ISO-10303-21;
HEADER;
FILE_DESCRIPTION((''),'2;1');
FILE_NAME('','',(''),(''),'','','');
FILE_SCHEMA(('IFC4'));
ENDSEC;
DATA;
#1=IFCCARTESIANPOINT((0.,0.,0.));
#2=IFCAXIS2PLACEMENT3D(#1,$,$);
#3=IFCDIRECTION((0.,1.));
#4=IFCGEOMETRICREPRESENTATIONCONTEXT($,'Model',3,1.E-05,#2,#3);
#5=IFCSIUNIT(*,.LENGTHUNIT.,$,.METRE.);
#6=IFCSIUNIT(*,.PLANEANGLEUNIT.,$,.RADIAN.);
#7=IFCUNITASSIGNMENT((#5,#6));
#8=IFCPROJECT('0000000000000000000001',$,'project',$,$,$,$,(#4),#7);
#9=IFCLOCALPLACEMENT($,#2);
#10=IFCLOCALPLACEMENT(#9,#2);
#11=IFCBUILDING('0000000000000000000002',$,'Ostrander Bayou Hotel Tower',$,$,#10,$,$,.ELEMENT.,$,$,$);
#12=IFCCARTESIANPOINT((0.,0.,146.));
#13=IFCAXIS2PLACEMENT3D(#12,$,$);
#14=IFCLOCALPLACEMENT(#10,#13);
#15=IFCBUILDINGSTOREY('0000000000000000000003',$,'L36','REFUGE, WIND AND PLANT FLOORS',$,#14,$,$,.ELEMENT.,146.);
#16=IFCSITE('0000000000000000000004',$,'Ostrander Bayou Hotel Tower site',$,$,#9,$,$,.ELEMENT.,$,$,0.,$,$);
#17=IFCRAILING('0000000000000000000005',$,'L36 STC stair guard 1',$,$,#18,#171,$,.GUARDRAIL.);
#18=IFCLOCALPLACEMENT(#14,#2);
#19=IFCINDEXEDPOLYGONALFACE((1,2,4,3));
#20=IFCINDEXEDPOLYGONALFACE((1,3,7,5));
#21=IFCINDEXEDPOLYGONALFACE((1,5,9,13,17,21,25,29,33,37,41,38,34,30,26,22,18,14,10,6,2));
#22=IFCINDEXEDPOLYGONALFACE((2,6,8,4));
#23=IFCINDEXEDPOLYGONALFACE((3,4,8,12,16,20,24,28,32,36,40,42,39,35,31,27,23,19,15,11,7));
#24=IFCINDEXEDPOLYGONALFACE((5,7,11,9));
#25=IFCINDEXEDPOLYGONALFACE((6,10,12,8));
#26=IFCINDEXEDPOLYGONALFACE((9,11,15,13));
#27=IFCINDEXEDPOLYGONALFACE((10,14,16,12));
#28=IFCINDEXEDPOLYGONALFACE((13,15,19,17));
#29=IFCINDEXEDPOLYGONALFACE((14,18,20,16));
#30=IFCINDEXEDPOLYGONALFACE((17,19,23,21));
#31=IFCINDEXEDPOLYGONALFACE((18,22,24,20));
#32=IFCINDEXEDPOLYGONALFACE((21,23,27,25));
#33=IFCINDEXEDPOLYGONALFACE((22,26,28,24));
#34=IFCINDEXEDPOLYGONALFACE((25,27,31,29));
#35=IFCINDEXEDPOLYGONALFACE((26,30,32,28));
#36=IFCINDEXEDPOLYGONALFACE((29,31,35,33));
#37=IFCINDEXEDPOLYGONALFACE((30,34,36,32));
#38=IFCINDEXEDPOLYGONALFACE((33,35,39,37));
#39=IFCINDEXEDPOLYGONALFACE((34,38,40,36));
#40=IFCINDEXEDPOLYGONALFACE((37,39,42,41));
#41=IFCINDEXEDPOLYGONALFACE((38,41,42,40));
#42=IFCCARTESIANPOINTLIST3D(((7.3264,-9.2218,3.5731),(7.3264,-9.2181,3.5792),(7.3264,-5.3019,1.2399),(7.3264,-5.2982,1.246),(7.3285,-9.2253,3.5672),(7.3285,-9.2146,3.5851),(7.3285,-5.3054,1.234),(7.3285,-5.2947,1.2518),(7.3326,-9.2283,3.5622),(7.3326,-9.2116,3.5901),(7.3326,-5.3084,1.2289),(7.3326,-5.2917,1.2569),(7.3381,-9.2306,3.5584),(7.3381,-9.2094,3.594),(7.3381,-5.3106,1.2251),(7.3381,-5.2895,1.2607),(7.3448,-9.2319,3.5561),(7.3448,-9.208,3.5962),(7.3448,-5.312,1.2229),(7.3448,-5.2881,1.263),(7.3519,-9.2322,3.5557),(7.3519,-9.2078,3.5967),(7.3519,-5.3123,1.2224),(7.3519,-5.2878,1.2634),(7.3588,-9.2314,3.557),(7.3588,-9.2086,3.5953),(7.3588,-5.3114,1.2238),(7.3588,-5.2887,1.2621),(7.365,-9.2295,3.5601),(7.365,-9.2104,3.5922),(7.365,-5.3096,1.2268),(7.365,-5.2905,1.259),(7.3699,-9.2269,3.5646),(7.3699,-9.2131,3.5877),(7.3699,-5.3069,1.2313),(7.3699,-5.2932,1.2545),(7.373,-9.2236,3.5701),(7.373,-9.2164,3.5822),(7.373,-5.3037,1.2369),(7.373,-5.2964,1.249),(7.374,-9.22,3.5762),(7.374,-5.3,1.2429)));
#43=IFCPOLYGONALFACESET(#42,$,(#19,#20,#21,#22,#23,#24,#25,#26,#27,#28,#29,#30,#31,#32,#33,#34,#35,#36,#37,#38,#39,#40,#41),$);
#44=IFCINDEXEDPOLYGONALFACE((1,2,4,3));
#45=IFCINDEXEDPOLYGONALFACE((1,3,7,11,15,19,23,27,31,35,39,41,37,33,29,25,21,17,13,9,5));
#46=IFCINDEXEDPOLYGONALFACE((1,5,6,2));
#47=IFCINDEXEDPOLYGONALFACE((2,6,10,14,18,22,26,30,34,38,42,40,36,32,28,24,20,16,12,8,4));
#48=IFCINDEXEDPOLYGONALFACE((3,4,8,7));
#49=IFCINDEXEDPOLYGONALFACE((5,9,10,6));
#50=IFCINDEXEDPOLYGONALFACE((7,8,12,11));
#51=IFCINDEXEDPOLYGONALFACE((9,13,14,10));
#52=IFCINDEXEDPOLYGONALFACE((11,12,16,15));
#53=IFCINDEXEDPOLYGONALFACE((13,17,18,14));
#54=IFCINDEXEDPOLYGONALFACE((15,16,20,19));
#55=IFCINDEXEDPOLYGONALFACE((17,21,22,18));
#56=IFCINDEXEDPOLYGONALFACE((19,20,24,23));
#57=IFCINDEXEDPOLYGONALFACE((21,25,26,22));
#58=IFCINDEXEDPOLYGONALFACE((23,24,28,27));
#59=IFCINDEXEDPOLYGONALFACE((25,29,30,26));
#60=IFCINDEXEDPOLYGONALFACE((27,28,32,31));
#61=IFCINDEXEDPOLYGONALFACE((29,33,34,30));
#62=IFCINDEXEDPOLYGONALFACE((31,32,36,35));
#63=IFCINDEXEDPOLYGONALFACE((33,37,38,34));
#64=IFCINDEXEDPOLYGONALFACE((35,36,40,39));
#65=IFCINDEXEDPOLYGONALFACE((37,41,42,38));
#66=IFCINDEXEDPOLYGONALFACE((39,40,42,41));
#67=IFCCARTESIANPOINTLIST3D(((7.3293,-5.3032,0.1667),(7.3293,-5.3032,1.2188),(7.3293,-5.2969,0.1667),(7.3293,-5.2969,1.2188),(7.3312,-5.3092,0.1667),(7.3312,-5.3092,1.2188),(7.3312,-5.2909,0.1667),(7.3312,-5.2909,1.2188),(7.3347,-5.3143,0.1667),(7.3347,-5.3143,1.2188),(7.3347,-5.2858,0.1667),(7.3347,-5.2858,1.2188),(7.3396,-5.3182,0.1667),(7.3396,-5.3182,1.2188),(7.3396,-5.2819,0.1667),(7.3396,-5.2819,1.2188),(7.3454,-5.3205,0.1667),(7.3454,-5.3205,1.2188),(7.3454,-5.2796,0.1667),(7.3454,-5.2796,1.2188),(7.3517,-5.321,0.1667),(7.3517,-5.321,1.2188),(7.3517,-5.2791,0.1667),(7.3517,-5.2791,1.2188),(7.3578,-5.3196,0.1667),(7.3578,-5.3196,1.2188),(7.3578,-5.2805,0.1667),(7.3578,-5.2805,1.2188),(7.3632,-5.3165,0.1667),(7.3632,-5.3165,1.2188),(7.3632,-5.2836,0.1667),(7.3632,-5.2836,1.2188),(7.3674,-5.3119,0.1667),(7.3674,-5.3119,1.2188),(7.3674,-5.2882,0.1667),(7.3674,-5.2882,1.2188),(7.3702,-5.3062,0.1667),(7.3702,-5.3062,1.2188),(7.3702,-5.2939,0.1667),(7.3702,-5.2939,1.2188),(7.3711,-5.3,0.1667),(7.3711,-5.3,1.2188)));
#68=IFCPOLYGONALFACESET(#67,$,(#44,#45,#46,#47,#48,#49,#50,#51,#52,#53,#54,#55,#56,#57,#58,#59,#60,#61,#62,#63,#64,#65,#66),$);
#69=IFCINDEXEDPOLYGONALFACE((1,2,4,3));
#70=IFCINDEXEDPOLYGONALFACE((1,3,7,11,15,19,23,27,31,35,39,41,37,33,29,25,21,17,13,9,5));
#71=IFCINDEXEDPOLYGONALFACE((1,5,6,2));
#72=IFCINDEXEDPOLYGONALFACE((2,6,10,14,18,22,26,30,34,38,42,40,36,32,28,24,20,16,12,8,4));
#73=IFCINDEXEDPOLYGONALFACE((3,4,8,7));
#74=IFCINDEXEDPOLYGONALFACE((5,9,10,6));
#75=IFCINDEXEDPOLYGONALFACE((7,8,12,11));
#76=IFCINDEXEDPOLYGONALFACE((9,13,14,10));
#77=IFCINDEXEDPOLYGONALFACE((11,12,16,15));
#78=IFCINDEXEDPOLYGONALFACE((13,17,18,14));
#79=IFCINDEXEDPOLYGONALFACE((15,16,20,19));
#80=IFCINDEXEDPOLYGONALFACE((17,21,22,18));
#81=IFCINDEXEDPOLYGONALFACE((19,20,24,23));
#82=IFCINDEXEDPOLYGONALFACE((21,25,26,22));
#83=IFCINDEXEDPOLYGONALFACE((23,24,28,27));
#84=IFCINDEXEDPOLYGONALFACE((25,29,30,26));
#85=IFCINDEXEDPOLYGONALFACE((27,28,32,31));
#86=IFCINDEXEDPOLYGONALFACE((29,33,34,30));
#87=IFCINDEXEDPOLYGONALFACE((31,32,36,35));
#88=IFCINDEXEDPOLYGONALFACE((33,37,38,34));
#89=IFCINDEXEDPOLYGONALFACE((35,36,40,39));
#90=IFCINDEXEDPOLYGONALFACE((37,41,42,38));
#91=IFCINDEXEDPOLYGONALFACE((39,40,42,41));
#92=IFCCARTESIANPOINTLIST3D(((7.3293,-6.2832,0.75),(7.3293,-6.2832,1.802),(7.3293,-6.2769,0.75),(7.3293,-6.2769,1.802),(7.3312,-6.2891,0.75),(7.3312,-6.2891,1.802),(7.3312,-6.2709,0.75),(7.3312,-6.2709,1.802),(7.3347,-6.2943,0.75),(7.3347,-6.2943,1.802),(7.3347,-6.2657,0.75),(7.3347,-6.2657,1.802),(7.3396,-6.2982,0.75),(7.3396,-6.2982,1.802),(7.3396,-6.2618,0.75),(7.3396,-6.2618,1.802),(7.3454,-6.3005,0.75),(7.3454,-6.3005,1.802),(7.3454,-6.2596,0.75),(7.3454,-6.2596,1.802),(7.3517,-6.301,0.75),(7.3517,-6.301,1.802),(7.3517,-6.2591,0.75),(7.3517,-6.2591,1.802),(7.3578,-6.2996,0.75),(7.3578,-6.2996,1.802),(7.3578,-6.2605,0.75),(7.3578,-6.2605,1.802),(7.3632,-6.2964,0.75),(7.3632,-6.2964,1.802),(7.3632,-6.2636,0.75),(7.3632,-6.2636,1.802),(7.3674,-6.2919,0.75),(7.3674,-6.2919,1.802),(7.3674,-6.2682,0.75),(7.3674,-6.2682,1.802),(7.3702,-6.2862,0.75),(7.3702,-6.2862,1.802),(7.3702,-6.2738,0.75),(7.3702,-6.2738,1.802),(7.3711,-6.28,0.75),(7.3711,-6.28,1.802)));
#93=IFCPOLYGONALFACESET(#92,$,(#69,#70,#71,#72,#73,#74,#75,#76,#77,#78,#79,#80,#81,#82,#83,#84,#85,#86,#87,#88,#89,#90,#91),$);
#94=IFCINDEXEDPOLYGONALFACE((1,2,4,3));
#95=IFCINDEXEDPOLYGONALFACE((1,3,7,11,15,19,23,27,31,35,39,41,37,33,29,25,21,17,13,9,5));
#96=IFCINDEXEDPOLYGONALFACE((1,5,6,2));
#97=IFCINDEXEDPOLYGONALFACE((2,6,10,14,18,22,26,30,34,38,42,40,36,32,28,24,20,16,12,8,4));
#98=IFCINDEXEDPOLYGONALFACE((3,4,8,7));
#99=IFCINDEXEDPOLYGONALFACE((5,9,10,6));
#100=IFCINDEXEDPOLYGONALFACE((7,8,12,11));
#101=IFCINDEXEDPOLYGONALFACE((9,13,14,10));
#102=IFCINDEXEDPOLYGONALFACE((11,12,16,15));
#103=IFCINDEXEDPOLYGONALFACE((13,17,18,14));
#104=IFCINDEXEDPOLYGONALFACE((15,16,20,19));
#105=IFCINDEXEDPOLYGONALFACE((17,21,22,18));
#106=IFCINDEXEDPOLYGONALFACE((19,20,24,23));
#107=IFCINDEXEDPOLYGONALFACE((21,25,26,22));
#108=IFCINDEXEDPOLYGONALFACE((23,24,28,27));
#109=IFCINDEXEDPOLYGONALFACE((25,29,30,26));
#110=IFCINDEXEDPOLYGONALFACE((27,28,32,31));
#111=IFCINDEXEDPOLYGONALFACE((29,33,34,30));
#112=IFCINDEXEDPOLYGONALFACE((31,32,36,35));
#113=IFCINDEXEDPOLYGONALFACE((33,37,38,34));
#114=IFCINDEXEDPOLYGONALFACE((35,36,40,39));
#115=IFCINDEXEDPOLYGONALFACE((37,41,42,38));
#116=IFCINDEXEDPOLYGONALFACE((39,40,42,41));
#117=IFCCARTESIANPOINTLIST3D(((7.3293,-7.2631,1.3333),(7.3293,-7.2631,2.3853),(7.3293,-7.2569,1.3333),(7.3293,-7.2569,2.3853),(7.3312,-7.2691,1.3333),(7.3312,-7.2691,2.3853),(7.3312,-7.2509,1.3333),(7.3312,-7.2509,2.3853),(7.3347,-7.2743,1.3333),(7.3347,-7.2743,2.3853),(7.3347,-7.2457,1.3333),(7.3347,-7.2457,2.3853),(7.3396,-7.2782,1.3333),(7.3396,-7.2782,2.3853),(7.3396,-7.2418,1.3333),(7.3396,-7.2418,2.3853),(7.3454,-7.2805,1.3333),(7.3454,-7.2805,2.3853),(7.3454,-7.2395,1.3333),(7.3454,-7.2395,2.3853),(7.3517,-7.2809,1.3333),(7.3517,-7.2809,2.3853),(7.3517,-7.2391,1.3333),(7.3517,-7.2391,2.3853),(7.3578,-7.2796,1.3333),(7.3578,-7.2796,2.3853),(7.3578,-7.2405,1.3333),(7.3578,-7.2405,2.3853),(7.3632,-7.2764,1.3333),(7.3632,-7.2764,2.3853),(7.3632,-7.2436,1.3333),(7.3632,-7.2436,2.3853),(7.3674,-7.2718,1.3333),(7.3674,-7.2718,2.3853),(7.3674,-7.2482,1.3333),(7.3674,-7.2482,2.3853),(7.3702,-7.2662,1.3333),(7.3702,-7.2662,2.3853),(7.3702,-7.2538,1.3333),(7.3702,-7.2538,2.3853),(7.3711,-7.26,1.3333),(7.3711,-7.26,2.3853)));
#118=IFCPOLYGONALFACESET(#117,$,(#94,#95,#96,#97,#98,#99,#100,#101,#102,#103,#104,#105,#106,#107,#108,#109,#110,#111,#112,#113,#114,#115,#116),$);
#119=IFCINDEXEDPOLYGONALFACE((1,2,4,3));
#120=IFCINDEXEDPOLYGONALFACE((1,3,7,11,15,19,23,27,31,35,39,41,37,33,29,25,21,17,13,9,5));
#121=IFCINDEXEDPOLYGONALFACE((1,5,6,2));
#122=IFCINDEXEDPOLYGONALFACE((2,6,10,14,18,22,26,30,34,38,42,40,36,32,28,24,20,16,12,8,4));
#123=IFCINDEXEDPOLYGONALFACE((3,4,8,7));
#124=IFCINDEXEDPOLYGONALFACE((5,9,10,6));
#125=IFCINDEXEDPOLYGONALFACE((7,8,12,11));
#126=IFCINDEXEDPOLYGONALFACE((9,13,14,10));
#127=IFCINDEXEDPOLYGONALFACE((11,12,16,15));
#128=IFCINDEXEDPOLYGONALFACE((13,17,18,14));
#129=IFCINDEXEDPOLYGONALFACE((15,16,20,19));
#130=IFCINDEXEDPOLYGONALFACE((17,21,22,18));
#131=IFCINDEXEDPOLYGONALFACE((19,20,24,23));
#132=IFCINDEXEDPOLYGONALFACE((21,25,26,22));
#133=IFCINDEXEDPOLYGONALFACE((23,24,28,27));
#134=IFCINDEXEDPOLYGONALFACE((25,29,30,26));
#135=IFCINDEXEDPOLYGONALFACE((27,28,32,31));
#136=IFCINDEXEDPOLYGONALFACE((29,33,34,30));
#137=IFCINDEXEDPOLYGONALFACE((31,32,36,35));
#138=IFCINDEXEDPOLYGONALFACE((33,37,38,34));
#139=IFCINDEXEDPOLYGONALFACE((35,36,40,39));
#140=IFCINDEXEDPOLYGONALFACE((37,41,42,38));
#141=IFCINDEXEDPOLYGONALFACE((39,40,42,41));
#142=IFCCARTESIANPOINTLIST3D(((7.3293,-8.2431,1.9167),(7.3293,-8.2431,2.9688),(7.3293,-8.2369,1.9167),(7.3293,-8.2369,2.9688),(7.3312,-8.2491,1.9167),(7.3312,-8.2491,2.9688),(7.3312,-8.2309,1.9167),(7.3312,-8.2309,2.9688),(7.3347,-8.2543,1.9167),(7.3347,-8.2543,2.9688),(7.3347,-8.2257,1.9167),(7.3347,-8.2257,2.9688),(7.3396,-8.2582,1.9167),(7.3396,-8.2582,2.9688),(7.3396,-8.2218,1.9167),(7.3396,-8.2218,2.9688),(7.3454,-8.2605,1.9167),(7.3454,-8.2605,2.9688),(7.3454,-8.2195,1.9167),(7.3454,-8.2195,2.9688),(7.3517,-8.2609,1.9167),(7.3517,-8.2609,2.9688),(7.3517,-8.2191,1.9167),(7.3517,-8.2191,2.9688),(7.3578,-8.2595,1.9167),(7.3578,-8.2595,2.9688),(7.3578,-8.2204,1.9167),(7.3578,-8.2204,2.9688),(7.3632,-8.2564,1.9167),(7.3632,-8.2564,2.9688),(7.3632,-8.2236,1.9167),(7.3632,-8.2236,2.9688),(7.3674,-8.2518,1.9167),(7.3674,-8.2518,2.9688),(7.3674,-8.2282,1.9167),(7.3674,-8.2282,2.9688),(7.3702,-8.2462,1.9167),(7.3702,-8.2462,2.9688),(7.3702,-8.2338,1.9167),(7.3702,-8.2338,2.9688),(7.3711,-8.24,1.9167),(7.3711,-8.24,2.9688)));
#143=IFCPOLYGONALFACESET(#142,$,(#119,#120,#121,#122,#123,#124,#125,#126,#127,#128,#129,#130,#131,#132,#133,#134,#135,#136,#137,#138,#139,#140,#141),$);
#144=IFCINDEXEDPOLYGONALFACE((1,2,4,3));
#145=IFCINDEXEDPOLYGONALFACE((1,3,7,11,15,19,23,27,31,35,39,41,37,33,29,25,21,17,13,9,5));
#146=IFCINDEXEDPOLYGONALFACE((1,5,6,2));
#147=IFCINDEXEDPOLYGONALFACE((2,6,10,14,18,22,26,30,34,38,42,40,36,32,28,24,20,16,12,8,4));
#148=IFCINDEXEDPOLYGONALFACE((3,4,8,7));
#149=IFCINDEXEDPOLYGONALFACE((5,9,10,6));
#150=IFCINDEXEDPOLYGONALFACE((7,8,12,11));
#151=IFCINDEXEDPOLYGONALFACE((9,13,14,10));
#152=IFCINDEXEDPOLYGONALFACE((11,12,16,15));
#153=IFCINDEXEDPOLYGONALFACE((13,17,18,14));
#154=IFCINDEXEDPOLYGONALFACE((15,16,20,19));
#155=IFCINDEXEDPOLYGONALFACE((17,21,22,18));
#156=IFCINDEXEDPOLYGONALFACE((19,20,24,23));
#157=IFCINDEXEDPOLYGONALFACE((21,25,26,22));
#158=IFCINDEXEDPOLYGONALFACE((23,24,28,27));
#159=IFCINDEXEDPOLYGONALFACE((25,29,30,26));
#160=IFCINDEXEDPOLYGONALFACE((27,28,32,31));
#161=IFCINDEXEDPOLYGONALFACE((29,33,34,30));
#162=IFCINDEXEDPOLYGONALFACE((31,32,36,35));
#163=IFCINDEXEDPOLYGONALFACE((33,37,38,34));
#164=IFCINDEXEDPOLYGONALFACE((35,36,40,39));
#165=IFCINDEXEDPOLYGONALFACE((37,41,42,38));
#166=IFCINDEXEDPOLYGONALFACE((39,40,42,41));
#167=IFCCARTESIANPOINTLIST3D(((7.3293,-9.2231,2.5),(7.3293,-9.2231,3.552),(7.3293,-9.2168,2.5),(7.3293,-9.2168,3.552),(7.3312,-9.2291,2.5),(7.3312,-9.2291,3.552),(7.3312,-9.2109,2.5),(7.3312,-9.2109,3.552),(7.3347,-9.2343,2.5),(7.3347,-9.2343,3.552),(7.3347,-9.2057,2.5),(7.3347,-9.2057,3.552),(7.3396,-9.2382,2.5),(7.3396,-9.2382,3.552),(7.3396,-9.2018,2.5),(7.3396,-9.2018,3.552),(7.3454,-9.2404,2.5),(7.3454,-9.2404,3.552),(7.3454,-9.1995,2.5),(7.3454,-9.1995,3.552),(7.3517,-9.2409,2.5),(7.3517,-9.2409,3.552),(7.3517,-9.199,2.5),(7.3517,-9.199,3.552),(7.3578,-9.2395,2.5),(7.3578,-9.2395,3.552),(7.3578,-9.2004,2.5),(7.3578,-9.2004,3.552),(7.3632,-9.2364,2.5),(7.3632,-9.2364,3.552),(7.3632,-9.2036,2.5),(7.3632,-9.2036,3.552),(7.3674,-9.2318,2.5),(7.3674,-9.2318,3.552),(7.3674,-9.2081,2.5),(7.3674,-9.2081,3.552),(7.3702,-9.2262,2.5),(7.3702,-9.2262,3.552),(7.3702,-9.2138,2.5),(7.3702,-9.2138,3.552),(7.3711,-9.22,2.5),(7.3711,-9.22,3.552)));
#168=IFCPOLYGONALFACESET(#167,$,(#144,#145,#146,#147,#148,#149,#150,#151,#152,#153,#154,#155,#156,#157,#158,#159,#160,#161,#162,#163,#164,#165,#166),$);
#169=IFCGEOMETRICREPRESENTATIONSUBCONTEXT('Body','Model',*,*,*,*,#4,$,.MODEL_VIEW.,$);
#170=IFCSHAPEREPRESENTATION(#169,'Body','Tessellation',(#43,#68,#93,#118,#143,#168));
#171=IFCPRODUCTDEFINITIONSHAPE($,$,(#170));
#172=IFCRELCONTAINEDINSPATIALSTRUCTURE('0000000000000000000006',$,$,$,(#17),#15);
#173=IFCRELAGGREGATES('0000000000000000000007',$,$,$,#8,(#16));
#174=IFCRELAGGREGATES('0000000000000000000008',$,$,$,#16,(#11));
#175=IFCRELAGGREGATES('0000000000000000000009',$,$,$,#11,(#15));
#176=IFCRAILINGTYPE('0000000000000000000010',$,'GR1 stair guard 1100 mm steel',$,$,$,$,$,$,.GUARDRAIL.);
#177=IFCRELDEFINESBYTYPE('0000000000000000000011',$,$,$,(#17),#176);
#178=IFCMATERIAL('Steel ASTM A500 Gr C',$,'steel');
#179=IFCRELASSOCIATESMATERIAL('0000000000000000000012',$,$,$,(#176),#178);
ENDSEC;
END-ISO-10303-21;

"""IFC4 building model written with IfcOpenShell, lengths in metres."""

from ifc_helpers import new_model, si_unit, direction, frame, origin, origin_2d, place, context, subcontext, project, spatial, circle, extrude, material, type_object, element, save


model = new_model("IFC4")

# Units and contexts
model_context = context("Model", 3, precision=1e-05, world=origin(), true_north=direction((0.0, 1.0)))
body_context = subcontext(model_context, "Body", "Model", "MODEL_VIEW")
ifc_project = project(units=[si_unit("LENGTHUNIT", "METRE"), si_unit("PLANEANGLEUNIT", "RADIAN")], contexts=[model_context])

# Site, building, storey
site_placement = place(None, origin())
site = spatial("IfcSite", under=ifc_project, at=site_placement, Name="Ostrander Bayou Hotel Tower site", CompositionType="ELEMENT", RefElevation=0.0)
building_placement = place(site_placement, origin())
building = spatial("IfcBuilding", under=site, at=building_placement, Name="Ostrander Bayou Hotel Tower", CompositionType="ELEMENT")
storey_placement = place(building_placement, frame((0.0, 0.0, 146.0)))
storey = spatial("IfcBuildingStorey", under=building, at=storey_placement, Name="L36", Description="REFUGE, WIND AND PLANT FLOORS", CompositionType="ELEMENT", Elevation=146.0)

# Railing
ifc_material_1 = material(Name="Steel ASTM A500 Gr C", Category="steel")
railing_type_1 = type_object("IfcRailingType", Name="GR1 stair guard 1100 mm steel", PredefinedType="GUARDRAIL", material=ifc_material_1)
railing_1_placement = place(storey_placement, frame((7.3501, -5.3, 0.1667)))
element("IfcRailing", 1, at=railing_1_placement, inside=storey, type_object=railing_type_1, Name="L36 STC stair guard 1", PredefinedType="GUARDRAIL", context=body_context, shape_type="SweptSolid", body=[
    extrude(circle(Radius=0.0239, at=origin_2d()), frame((0.0, 0.0, 1.0762), z_axis=(0.0, -0.859296, 0.511478), x_axis=(1.0, 0.0, 0.0)), (0.0, 0.0, 1.0), 4.5618),
    extrude(circle(Radius=0.021, at=origin_2d()), origin(), (0.0, 0.0, 1.0), 1.052),
    extrude(circle(Radius=0.021, at=origin_2d()), frame((0.0, -0.98, 0.5833)), (0.0, 0.0, 1.0), 1.052),
    extrude(circle(Radius=0.021, at=origin_2d()), frame((0.0, -1.96, 1.1665)), (0.0, 0.0, 1.0), 1.052),
    extrude(circle(Radius=0.021, at=origin_2d()), frame((0.0, -2.9399, 1.75)), (0.0, 0.0, 1.0), 1.052),
    extrude(circle(Radius=0.021, at=origin_2d()), frame((0.0, -3.9199, 2.3333)), (0.0, 0.0, 1.0), 1.052),
])

save(model, "model.ifc")
